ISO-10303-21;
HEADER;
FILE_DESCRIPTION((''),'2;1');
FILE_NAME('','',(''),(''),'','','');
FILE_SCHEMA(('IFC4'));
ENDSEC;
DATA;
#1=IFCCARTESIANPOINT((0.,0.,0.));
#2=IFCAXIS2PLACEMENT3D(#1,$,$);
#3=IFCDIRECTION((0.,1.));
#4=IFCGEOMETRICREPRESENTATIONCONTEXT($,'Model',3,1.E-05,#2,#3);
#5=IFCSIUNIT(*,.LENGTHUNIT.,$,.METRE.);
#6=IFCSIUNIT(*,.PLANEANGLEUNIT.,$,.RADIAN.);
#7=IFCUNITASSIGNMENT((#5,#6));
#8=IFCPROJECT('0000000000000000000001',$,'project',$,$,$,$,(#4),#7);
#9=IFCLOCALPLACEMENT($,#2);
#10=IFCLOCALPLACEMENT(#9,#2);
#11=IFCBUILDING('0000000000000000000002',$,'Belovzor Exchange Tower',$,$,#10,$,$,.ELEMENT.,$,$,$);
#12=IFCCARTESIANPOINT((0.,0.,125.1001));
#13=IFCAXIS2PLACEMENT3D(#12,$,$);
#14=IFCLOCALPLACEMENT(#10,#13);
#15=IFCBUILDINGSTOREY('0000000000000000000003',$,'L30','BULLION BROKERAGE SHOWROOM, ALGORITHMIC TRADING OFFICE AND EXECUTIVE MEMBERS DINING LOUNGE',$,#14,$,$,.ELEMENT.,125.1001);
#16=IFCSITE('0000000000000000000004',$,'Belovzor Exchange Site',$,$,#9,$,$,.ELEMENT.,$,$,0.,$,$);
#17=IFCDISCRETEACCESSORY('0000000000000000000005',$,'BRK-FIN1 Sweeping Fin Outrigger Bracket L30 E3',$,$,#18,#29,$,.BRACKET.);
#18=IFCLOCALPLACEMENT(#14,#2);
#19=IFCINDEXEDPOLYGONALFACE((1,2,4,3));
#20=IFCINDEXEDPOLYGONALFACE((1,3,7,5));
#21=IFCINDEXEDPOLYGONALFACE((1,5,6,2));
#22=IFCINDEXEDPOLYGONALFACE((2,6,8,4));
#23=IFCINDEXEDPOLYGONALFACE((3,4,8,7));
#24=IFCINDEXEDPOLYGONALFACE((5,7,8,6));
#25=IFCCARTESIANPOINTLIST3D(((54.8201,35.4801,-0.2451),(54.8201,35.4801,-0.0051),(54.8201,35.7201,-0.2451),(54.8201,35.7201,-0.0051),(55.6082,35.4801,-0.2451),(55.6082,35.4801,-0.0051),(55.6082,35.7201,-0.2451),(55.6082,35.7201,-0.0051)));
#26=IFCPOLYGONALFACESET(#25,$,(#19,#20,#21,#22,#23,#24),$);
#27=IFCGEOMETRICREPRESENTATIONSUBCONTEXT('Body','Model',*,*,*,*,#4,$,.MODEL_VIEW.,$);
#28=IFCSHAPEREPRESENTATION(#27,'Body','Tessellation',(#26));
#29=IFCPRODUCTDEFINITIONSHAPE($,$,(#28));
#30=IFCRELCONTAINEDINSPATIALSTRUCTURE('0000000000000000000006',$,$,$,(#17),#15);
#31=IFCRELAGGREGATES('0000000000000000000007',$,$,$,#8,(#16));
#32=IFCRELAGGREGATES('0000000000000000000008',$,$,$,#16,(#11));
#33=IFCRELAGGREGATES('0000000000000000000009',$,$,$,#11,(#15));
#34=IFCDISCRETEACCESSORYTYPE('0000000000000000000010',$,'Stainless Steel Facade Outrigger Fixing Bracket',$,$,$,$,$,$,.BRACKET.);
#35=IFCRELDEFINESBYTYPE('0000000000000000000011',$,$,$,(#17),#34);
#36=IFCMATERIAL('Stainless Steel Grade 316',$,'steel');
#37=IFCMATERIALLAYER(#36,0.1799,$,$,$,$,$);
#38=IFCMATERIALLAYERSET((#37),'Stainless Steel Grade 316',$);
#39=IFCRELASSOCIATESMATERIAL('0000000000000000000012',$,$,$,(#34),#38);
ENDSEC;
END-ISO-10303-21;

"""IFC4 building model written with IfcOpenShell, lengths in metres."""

from ifc_helpers import new_model, si_unit, direction, frame, origin, origin_2d, place, context, subcontext, project, spatial, rectangle, extrude, material, layer, layer_set, type_object, element, save


model = new_model("IFC4")

# Units and contexts
model_context = context("Model", 3, precision=1e-05, world=origin(), true_north=direction((0.0, 1.0)))
body_context = subcontext(model_context, "Body", "Model", "MODEL_VIEW")
ifc_project = project(units=[si_unit("LENGTHUNIT", "METRE"), si_unit("PLANEANGLEUNIT", "RADIAN")], contexts=[model_context])

# Site, building, storey
site_placement = place(None, origin())
site = spatial("IfcSite", under=ifc_project, at=site_placement, Name="Belovzor Exchange Site", CompositionType="ELEMENT", RefElevation=0.0)
building_placement = place(site_placement, origin())
building = spatial("IfcBuilding", under=site, at=building_placement, Name="Belovzor Exchange Tower", CompositionType="ELEMENT")
storey_placement = place(building_placement, frame((0.0, 0.0, 125.1001)))
storey = spatial("IfcBuildingStorey", under=building, at=storey_placement, Name="L30", Description="BULLION BROKERAGE SHOWROOM, ALGORITHMIC TRADING OFFICE AND EXECUTIVE MEMBERS DINING LOUNGE", CompositionType="ELEMENT", Elevation=125.1001)

# Discrete accessory
ifc_material_1 = material(Name="Stainless Steel Grade 316", Category="steel")
ifc_layer_1 = layer(ifc_material_1, 0.1799)
ifc_layer_set_1 = layer_set([ifc_layer_1], Name="Stainless Steel Grade 316")
discrete_accessory_type = type_object("IfcDiscreteAccessoryType", Name="Stainless Steel Facade Outrigger Fixing Bracket", PredefinedType="BRACKET", material=ifc_layer_set_1)
discrete_accessory_placement = place(storey_placement, frame((55.2141, 35.6001, -0.2451), z_axis=(0.0, 0.0, 1.0), x_axis=(1.0, 0.0, 0.0)))
element("IfcDiscreteAccessory", 1, at=discrete_accessory_placement, inside=storey, type_object=discrete_accessory_type, Name="BRK-FIN1 Sweeping Fin Outrigger Bracket L30 E3", PredefinedType="BRACKET", context=body_context, shape_type="SweptSolid", body=[
    extrude(rectangle(XDim=0.7881, YDim=0.24, at=origin_2d()), origin(), (0.0, 0.0, 1.0), 0.24),
])

save(model, "model.ifc")
